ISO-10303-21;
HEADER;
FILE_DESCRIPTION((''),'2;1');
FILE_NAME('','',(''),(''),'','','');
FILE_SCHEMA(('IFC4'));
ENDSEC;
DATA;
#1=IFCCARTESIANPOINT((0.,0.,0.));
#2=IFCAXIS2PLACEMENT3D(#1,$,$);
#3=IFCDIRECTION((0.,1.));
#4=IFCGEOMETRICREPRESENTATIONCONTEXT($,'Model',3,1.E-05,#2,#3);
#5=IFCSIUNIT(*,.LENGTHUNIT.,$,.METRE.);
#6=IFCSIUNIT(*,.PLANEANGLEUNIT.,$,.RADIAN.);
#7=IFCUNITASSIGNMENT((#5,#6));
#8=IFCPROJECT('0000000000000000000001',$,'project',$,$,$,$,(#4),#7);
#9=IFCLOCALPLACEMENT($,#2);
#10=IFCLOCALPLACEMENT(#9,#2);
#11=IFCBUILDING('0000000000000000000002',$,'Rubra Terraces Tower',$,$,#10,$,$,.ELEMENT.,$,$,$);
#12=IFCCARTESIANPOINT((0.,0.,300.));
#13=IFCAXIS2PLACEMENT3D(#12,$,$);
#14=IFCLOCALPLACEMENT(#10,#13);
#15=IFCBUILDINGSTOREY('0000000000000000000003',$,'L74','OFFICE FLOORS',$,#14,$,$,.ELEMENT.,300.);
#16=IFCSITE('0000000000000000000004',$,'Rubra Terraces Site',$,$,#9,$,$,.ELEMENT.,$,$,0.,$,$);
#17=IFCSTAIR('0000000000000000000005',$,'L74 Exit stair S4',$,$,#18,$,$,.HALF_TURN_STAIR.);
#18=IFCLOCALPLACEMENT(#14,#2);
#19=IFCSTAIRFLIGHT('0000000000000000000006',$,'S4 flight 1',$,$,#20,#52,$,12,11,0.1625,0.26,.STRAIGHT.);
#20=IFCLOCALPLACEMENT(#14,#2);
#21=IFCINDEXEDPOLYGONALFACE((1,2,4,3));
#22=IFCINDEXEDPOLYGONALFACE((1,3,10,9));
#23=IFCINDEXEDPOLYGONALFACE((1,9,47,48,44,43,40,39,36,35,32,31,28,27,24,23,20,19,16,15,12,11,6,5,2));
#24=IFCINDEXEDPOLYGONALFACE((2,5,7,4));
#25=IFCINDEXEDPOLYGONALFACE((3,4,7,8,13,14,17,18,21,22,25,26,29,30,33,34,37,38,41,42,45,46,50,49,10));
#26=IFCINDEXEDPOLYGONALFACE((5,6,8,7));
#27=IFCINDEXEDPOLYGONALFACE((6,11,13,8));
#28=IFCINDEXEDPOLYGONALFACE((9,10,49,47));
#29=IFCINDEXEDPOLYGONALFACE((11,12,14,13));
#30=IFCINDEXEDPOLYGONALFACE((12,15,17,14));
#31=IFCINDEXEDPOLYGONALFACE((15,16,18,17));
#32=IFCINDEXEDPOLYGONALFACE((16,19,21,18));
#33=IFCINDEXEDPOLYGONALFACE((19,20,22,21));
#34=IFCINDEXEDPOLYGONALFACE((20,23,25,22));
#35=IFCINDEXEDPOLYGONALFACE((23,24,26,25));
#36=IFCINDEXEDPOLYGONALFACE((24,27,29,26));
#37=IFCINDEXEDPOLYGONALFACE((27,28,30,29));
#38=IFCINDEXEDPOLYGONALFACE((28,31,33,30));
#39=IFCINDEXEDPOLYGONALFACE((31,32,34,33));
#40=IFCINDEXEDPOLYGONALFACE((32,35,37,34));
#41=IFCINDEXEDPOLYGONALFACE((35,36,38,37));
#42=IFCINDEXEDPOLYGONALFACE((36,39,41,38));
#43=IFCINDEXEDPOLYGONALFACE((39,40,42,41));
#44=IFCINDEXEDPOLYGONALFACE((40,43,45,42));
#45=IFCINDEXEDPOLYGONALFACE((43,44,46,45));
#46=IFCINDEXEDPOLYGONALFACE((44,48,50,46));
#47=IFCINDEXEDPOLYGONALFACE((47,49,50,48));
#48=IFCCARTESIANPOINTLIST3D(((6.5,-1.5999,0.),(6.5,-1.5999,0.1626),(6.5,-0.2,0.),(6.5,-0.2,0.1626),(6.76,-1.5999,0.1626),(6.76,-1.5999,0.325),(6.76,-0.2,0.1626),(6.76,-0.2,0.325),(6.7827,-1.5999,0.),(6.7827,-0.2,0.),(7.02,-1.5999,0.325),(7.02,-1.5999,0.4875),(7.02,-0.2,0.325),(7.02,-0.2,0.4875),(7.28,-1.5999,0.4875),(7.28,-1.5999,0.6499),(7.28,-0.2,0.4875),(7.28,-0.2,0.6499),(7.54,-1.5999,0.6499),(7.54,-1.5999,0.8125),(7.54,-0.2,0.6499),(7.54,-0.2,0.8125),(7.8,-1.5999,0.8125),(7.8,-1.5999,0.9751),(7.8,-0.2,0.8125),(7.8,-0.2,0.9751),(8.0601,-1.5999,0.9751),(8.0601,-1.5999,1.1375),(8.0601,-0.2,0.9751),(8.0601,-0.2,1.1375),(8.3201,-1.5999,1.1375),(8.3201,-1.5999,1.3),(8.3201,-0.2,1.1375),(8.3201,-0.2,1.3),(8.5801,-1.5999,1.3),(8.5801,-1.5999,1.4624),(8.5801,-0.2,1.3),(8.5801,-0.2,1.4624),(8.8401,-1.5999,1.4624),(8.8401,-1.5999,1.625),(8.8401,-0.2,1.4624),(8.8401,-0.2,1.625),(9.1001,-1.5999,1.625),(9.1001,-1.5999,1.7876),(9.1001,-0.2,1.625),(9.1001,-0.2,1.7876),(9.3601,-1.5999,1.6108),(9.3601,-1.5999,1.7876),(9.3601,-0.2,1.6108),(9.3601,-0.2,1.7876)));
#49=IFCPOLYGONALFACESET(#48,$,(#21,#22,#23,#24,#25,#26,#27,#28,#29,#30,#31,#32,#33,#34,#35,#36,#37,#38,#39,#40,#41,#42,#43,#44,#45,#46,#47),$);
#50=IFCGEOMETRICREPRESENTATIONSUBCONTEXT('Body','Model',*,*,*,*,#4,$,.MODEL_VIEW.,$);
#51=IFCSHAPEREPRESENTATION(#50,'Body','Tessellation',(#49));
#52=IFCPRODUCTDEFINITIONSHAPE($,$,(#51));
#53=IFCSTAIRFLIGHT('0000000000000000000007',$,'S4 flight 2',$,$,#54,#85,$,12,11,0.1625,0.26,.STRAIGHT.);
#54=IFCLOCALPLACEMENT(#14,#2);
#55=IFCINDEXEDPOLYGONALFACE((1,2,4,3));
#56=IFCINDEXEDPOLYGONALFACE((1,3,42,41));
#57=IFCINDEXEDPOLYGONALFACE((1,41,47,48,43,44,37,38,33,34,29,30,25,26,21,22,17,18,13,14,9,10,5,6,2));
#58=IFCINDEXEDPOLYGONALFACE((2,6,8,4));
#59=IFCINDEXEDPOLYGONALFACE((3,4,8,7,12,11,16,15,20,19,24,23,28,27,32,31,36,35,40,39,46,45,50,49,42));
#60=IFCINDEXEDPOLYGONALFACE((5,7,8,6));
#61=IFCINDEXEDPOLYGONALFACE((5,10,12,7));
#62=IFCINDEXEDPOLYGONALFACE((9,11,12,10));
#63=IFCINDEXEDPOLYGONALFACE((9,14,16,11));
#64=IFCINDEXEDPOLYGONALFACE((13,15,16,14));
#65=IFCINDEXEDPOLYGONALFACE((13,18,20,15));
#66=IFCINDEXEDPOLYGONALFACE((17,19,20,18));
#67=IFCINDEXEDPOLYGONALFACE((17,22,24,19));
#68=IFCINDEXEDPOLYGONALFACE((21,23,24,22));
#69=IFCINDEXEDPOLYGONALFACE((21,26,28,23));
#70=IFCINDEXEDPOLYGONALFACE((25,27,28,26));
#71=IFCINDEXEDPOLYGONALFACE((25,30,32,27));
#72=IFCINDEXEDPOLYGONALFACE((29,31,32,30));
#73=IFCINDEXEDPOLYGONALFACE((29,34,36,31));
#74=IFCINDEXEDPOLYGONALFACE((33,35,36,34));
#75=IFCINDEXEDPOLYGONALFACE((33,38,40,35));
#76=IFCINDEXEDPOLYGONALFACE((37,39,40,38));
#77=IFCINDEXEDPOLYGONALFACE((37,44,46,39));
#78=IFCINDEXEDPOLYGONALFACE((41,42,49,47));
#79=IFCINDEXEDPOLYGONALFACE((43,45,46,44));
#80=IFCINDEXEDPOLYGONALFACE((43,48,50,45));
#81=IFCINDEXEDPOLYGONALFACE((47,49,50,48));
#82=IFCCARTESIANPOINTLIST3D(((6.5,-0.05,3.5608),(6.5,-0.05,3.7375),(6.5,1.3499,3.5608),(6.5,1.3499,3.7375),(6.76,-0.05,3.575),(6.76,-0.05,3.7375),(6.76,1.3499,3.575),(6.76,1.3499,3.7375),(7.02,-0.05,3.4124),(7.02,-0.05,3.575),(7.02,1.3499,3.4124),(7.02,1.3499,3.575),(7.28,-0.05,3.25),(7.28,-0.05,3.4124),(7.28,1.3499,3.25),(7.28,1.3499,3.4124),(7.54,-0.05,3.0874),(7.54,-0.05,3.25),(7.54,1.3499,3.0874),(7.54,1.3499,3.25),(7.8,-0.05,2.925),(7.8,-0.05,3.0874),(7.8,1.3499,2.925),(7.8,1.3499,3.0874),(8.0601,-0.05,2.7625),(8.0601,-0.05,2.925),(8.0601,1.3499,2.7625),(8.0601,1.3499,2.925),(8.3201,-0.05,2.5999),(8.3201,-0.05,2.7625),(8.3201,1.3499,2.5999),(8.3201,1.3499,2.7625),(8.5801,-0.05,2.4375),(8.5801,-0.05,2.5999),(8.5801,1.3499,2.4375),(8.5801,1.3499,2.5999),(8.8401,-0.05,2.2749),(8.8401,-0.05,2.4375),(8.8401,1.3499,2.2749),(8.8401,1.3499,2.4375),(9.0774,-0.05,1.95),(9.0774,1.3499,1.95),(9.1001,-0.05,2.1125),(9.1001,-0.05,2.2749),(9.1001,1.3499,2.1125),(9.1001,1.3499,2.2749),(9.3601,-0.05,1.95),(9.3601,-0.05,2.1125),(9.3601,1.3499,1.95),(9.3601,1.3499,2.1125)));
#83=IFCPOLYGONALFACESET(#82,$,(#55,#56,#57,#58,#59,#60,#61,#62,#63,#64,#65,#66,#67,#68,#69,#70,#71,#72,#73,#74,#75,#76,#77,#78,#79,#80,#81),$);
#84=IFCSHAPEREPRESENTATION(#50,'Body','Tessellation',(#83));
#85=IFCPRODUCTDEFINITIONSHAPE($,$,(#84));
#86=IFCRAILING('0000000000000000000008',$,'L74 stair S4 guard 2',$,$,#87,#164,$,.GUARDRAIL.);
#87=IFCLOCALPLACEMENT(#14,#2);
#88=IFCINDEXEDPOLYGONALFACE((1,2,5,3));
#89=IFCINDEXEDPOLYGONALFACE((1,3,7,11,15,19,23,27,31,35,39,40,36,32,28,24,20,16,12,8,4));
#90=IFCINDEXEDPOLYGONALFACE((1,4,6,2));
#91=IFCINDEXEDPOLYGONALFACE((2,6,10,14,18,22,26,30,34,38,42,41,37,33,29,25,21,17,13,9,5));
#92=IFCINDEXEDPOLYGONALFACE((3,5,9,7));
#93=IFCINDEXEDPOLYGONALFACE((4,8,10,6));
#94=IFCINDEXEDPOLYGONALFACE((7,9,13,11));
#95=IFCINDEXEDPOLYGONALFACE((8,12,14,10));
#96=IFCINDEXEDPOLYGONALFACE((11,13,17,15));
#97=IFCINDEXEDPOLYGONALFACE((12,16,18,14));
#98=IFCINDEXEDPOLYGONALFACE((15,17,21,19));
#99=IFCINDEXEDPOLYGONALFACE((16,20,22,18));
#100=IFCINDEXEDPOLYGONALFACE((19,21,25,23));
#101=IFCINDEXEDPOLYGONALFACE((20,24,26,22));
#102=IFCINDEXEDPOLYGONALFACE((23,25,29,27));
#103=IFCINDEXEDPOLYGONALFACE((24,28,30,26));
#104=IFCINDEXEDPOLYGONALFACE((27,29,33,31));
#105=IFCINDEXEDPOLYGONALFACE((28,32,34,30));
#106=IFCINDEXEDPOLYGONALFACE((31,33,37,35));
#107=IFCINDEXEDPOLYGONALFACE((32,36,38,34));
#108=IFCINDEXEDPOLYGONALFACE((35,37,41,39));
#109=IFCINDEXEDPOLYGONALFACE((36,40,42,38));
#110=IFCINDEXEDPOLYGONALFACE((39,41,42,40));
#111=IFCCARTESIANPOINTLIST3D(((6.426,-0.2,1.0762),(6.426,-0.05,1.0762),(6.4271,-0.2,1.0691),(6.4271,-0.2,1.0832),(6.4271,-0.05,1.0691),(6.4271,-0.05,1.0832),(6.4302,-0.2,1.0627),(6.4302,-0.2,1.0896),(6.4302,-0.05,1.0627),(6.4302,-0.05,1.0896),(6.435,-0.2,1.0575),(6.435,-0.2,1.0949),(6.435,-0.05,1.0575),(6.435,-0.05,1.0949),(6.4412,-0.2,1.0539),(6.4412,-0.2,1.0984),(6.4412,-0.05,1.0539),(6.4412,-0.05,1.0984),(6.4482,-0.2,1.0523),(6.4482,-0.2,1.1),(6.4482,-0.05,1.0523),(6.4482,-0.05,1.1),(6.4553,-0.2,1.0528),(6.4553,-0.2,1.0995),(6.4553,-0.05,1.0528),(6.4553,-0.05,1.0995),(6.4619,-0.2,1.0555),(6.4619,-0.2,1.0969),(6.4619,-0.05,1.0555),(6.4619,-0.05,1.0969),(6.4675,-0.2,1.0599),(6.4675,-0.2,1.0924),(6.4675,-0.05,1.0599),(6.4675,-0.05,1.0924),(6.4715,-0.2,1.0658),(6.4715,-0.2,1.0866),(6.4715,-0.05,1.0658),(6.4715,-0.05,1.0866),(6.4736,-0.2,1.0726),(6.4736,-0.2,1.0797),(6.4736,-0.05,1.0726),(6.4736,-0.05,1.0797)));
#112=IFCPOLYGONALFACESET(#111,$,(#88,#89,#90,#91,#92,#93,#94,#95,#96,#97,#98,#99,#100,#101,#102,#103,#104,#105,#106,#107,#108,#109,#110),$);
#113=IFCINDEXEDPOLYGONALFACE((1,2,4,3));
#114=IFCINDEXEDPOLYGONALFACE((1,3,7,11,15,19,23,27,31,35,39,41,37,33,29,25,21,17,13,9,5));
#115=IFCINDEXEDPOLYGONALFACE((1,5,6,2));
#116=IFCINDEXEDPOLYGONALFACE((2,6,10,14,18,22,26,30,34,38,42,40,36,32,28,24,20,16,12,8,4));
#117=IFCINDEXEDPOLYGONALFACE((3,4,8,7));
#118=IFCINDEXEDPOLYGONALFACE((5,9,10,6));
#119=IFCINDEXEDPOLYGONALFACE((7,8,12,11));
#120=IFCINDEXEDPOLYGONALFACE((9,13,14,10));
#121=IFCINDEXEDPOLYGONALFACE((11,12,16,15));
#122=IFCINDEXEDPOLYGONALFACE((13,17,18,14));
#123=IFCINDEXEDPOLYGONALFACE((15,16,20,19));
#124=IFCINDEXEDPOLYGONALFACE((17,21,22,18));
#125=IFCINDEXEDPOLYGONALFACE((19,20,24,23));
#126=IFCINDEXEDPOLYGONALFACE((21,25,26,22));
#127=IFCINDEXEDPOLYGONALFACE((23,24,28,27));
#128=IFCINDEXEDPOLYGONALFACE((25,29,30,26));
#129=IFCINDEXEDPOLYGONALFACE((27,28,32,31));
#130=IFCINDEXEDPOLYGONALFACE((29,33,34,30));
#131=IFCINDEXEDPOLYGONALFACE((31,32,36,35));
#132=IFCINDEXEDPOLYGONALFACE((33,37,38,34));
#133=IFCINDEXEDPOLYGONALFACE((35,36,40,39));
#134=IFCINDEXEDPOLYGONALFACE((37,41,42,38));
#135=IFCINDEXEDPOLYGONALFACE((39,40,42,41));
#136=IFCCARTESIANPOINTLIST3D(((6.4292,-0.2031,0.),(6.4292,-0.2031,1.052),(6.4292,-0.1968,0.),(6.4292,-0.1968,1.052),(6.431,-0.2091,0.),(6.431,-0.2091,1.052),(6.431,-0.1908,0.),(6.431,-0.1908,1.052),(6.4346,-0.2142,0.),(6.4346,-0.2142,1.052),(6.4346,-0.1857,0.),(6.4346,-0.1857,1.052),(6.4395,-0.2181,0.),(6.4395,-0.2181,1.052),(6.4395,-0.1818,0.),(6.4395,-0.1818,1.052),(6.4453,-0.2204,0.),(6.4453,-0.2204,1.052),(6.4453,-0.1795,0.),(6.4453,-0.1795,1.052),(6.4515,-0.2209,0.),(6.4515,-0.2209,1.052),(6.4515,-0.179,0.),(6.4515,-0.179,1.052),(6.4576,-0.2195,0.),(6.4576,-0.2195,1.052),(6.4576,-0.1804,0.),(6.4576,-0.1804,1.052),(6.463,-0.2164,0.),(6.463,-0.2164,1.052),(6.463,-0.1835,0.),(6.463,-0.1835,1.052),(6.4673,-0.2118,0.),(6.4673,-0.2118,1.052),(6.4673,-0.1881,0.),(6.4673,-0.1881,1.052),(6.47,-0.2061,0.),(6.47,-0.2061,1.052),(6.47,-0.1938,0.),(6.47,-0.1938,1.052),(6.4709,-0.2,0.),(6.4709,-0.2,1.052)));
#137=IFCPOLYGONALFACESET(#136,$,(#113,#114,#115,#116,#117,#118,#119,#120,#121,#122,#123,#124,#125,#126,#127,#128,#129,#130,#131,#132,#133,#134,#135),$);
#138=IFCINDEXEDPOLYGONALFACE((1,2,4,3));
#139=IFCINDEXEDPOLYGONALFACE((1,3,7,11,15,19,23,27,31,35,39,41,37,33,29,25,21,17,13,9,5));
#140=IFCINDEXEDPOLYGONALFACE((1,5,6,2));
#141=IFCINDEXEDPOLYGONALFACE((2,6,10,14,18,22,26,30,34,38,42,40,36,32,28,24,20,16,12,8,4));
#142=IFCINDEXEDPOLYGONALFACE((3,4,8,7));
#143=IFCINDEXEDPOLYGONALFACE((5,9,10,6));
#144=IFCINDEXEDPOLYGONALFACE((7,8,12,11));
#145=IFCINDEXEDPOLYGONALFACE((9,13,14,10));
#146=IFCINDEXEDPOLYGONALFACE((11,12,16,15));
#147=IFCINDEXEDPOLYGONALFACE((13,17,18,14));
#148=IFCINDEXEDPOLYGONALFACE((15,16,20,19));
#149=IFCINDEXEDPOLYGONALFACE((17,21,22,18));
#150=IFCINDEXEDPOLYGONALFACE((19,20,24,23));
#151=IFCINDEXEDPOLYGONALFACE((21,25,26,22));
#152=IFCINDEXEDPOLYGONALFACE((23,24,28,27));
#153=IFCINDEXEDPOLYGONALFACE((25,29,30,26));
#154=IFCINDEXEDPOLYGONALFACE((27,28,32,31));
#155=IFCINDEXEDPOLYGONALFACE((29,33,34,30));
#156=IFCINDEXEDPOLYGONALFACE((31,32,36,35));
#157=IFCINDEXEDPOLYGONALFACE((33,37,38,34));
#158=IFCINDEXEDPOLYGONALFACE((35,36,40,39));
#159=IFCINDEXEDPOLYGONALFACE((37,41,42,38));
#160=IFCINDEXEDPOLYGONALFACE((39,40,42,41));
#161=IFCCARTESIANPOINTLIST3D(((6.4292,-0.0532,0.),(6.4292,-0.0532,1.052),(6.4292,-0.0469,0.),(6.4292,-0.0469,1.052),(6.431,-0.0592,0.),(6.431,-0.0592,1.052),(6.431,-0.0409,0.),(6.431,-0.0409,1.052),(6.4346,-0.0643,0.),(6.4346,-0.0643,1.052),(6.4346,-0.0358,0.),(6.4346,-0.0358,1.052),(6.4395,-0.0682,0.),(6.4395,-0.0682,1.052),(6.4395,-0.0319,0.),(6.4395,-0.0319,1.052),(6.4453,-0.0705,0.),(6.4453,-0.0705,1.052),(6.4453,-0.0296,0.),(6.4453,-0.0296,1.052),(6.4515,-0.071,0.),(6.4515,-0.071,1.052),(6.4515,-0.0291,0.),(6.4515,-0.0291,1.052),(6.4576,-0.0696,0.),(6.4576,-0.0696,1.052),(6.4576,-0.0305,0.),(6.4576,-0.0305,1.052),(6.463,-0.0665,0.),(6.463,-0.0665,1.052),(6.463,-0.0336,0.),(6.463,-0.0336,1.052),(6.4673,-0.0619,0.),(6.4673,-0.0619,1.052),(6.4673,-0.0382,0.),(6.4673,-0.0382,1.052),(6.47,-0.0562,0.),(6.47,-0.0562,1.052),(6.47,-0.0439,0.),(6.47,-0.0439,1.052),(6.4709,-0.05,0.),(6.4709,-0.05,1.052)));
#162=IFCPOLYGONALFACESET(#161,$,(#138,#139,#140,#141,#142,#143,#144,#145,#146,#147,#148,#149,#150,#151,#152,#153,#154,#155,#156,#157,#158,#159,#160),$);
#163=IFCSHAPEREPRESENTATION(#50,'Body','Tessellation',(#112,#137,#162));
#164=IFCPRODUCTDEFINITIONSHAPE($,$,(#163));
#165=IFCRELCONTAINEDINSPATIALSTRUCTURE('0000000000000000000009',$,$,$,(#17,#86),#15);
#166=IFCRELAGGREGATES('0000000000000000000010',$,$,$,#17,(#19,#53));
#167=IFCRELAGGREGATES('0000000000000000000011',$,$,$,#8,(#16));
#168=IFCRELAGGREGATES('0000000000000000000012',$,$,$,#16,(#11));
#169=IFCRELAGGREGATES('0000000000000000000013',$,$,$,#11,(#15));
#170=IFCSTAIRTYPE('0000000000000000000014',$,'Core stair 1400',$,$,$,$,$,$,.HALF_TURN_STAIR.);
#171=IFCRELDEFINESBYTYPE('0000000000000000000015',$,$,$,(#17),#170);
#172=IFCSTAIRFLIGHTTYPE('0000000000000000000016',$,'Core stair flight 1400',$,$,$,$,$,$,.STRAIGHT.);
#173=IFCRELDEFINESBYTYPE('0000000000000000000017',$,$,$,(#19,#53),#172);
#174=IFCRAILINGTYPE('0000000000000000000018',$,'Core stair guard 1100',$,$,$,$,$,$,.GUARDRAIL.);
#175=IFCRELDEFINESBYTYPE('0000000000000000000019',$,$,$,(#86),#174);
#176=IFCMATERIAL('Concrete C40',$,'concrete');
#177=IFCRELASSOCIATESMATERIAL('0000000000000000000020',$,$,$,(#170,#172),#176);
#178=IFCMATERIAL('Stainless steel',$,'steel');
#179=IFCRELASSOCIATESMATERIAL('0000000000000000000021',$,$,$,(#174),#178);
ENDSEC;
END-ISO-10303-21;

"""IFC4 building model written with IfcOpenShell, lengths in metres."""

from ifc_helpers import new_model, si_unit, direction, frame, origin, origin_2d, place, context, subcontext, project, spatial, polyline, circle, outline, extrude, material, type_object, element, aggregate, save


model = new_model("IFC4")

# Units and contexts
model_context = context("Model", 3, precision=1e-05, world=origin(), true_north=direction((0.0, 1.0)))
body_context = subcontext(model_context, "Body", "Model", "MODEL_VIEW")
ifc_project = project(units=[si_unit("LENGTHUNIT", "METRE"), si_unit("PLANEANGLEUNIT", "RADIAN")], contexts=[model_context])

# Site, building, storey
site_placement = place(None, origin())
site = spatial("IfcSite", under=ifc_project, at=site_placement, Name="Rubra Terraces Site", CompositionType="ELEMENT", RefElevation=0.0)
building_placement = place(site_placement, origin())
building = spatial("IfcBuilding", under=site, at=building_placement, Name="Rubra Terraces Tower", CompositionType="ELEMENT")
storey_placement = place(building_placement, frame((0.0, 0.0, 300.0)))
storey = spatial("IfcBuildingStorey", under=building, at=storey_placement, Name="L74", Description="OFFICE FLOORS", CompositionType="ELEMENT", Elevation=300.0)

# Stair
ifc_material_1 = material(Name="Concrete C40", Category="concrete")
stair_type = type_object("IfcStairType", Name="Core stair 1400", PredefinedType="HALF_TURN_STAIR", material=ifc_material_1)
stair_1_placement = place(storey_placement, origin())
stair_1 = element("IfcStair", 1, at=stair_1_placement, inside=storey, type_object=stair_type, Name="L74 Exit stair S4", PredefinedType="HALF_TURN_STAIR")

# Stair flights
stair_flight_type = type_object("IfcStairFlightType", Name="Core stair flight 1400", PredefinedType="STRAIGHT", material=ifc_material_1)
stair_flight_1_placement = place(storey_placement, frame((6.5, -0.8999, 0.0), z_axis=(0.0, 0.0, 1.0), x_axis=(1.0, 0.0, 0.0)))
stair_flight_1 = element("IfcStairFlight", 2, at=stair_flight_1_placement, type_object=stair_flight_type, Name="S4 flight 1", NumberOfRisers=12, NumberOfTreads=11, PredefinedType="STRAIGHT", RiserHeight=0.1625, TreadLength=0.26, context=body_context, shape_type="SweptSolid", body=[
    extrude(outline(polyline([(0.0, 0.0), (0.0, 0.1626), (0.26, 0.1626), (0.26, 0.325), (0.52, 0.325), (0.52, 0.4875), (0.78, 0.4875), (0.78, 0.6499), (1.04, 0.6499), (1.04, 0.8125), (1.3, 0.8125), (1.3, 0.9751), (1.5601, 0.9751), (1.5601, 1.1375), (1.8201, 1.1375), (1.8201, 1.3), (2.0801, 1.3), (2.0801, 1.4624), (2.3401, 1.4624), (2.3401, 1.625), (2.6001, 1.625), (2.6001, 1.7876), (2.8601, 1.7876), (2.8601, 1.95), (2.8601, 1.6108), (0.2827, 0.0), (0.0, 0.0)])), frame((0.0, 0.7, 0.0), z_axis=(0.0, -1.0, 0.0), x_axis=(1.0, 0.0, 0.0)), (0.0, 0.0, 1.0), 1.3999),
])
stair_flight_2_placement = place(storey_placement, frame((9.3601, 0.6499, 1.95), z_axis=(0.0, 0.0, 1.0), x_axis=(-1.0, 0.0, 0.0)))
stair_flight_2 = element("IfcStairFlight", 3, at=stair_flight_2_placement, type_object=stair_flight_type, Name="S4 flight 2", NumberOfRisers=12, NumberOfTreads=11, PredefinedType="STRAIGHT", RiserHeight=0.1625, TreadLength=0.26, context=body_context, shape_type="SweptSolid", body=[
    extrude(outline(polyline([(0.0, 0.0), (0.0, 0.1626), (0.26, 0.1626), (0.26, 0.325), (0.52, 0.325), (0.52, 0.4875), (0.78, 0.4875), (0.78, 0.6499), (1.04, 0.6499), (1.04, 0.8125), (1.3, 0.8125), (1.3, 0.9751), (1.5601, 0.9751), (1.5601, 1.1375), (1.8201, 1.1375), (1.8201, 1.3), (2.0801, 1.3), (2.0801, 1.4624), (2.3401, 1.4624), (2.3401, 1.625), (2.6001, 1.625), (2.6001, 1.7876), (2.8601, 1.7876), (2.8601, 1.95), (2.8601, 1.6108), (0.2827, 0.0), (0.0, 0.0)])), frame((0.0, 0.7, 0.0), z_axis=(0.0, -1.0, 0.0), x_axis=(1.0, 0.0, 0.0)), (0.0, 0.0, 1.0), 1.3999),
])
aggregate(stair_1, [stair_flight_1, stair_flight_2])

# Railing
ifc_material_2 = material(Name="Stainless steel", Category="steel")
railing_type_1 = type_object("IfcRailingType", Name="Core stair guard 1100", PredefinedType="GUARDRAIL", material=ifc_material_2)
railing_1_placement = place(storey_placement, frame((6.45, -0.2, 0.0)))
element("IfcRailing", 4, at=railing_1_placement, inside=storey, type_object=railing_type_1, Name="L74 stair S4 guard 2", PredefinedType="GUARDRAIL", context=body_context, shape_type="SweptSolid", body=[
    extrude(circle(Radius=0.0239, at=origin_2d()), frame((0.0, 0.0, 1.0762), z_axis=(0.0, 1.0, 0.0), x_axis=(-1.0, 0.0, 0.0)), (0.0, 0.0, 1.0), 0.1499),
    extrude(circle(Radius=0.021, at=origin_2d()), origin(), (0.0, 0.0, 1.0), 1.052),
    extrude(circle(Radius=0.021, at=origin_2d()), frame((0.0, 0.1499, 0.0)), (0.0, 0.0, 1.0), 1.052),
])

save(model, "model.ifc")
